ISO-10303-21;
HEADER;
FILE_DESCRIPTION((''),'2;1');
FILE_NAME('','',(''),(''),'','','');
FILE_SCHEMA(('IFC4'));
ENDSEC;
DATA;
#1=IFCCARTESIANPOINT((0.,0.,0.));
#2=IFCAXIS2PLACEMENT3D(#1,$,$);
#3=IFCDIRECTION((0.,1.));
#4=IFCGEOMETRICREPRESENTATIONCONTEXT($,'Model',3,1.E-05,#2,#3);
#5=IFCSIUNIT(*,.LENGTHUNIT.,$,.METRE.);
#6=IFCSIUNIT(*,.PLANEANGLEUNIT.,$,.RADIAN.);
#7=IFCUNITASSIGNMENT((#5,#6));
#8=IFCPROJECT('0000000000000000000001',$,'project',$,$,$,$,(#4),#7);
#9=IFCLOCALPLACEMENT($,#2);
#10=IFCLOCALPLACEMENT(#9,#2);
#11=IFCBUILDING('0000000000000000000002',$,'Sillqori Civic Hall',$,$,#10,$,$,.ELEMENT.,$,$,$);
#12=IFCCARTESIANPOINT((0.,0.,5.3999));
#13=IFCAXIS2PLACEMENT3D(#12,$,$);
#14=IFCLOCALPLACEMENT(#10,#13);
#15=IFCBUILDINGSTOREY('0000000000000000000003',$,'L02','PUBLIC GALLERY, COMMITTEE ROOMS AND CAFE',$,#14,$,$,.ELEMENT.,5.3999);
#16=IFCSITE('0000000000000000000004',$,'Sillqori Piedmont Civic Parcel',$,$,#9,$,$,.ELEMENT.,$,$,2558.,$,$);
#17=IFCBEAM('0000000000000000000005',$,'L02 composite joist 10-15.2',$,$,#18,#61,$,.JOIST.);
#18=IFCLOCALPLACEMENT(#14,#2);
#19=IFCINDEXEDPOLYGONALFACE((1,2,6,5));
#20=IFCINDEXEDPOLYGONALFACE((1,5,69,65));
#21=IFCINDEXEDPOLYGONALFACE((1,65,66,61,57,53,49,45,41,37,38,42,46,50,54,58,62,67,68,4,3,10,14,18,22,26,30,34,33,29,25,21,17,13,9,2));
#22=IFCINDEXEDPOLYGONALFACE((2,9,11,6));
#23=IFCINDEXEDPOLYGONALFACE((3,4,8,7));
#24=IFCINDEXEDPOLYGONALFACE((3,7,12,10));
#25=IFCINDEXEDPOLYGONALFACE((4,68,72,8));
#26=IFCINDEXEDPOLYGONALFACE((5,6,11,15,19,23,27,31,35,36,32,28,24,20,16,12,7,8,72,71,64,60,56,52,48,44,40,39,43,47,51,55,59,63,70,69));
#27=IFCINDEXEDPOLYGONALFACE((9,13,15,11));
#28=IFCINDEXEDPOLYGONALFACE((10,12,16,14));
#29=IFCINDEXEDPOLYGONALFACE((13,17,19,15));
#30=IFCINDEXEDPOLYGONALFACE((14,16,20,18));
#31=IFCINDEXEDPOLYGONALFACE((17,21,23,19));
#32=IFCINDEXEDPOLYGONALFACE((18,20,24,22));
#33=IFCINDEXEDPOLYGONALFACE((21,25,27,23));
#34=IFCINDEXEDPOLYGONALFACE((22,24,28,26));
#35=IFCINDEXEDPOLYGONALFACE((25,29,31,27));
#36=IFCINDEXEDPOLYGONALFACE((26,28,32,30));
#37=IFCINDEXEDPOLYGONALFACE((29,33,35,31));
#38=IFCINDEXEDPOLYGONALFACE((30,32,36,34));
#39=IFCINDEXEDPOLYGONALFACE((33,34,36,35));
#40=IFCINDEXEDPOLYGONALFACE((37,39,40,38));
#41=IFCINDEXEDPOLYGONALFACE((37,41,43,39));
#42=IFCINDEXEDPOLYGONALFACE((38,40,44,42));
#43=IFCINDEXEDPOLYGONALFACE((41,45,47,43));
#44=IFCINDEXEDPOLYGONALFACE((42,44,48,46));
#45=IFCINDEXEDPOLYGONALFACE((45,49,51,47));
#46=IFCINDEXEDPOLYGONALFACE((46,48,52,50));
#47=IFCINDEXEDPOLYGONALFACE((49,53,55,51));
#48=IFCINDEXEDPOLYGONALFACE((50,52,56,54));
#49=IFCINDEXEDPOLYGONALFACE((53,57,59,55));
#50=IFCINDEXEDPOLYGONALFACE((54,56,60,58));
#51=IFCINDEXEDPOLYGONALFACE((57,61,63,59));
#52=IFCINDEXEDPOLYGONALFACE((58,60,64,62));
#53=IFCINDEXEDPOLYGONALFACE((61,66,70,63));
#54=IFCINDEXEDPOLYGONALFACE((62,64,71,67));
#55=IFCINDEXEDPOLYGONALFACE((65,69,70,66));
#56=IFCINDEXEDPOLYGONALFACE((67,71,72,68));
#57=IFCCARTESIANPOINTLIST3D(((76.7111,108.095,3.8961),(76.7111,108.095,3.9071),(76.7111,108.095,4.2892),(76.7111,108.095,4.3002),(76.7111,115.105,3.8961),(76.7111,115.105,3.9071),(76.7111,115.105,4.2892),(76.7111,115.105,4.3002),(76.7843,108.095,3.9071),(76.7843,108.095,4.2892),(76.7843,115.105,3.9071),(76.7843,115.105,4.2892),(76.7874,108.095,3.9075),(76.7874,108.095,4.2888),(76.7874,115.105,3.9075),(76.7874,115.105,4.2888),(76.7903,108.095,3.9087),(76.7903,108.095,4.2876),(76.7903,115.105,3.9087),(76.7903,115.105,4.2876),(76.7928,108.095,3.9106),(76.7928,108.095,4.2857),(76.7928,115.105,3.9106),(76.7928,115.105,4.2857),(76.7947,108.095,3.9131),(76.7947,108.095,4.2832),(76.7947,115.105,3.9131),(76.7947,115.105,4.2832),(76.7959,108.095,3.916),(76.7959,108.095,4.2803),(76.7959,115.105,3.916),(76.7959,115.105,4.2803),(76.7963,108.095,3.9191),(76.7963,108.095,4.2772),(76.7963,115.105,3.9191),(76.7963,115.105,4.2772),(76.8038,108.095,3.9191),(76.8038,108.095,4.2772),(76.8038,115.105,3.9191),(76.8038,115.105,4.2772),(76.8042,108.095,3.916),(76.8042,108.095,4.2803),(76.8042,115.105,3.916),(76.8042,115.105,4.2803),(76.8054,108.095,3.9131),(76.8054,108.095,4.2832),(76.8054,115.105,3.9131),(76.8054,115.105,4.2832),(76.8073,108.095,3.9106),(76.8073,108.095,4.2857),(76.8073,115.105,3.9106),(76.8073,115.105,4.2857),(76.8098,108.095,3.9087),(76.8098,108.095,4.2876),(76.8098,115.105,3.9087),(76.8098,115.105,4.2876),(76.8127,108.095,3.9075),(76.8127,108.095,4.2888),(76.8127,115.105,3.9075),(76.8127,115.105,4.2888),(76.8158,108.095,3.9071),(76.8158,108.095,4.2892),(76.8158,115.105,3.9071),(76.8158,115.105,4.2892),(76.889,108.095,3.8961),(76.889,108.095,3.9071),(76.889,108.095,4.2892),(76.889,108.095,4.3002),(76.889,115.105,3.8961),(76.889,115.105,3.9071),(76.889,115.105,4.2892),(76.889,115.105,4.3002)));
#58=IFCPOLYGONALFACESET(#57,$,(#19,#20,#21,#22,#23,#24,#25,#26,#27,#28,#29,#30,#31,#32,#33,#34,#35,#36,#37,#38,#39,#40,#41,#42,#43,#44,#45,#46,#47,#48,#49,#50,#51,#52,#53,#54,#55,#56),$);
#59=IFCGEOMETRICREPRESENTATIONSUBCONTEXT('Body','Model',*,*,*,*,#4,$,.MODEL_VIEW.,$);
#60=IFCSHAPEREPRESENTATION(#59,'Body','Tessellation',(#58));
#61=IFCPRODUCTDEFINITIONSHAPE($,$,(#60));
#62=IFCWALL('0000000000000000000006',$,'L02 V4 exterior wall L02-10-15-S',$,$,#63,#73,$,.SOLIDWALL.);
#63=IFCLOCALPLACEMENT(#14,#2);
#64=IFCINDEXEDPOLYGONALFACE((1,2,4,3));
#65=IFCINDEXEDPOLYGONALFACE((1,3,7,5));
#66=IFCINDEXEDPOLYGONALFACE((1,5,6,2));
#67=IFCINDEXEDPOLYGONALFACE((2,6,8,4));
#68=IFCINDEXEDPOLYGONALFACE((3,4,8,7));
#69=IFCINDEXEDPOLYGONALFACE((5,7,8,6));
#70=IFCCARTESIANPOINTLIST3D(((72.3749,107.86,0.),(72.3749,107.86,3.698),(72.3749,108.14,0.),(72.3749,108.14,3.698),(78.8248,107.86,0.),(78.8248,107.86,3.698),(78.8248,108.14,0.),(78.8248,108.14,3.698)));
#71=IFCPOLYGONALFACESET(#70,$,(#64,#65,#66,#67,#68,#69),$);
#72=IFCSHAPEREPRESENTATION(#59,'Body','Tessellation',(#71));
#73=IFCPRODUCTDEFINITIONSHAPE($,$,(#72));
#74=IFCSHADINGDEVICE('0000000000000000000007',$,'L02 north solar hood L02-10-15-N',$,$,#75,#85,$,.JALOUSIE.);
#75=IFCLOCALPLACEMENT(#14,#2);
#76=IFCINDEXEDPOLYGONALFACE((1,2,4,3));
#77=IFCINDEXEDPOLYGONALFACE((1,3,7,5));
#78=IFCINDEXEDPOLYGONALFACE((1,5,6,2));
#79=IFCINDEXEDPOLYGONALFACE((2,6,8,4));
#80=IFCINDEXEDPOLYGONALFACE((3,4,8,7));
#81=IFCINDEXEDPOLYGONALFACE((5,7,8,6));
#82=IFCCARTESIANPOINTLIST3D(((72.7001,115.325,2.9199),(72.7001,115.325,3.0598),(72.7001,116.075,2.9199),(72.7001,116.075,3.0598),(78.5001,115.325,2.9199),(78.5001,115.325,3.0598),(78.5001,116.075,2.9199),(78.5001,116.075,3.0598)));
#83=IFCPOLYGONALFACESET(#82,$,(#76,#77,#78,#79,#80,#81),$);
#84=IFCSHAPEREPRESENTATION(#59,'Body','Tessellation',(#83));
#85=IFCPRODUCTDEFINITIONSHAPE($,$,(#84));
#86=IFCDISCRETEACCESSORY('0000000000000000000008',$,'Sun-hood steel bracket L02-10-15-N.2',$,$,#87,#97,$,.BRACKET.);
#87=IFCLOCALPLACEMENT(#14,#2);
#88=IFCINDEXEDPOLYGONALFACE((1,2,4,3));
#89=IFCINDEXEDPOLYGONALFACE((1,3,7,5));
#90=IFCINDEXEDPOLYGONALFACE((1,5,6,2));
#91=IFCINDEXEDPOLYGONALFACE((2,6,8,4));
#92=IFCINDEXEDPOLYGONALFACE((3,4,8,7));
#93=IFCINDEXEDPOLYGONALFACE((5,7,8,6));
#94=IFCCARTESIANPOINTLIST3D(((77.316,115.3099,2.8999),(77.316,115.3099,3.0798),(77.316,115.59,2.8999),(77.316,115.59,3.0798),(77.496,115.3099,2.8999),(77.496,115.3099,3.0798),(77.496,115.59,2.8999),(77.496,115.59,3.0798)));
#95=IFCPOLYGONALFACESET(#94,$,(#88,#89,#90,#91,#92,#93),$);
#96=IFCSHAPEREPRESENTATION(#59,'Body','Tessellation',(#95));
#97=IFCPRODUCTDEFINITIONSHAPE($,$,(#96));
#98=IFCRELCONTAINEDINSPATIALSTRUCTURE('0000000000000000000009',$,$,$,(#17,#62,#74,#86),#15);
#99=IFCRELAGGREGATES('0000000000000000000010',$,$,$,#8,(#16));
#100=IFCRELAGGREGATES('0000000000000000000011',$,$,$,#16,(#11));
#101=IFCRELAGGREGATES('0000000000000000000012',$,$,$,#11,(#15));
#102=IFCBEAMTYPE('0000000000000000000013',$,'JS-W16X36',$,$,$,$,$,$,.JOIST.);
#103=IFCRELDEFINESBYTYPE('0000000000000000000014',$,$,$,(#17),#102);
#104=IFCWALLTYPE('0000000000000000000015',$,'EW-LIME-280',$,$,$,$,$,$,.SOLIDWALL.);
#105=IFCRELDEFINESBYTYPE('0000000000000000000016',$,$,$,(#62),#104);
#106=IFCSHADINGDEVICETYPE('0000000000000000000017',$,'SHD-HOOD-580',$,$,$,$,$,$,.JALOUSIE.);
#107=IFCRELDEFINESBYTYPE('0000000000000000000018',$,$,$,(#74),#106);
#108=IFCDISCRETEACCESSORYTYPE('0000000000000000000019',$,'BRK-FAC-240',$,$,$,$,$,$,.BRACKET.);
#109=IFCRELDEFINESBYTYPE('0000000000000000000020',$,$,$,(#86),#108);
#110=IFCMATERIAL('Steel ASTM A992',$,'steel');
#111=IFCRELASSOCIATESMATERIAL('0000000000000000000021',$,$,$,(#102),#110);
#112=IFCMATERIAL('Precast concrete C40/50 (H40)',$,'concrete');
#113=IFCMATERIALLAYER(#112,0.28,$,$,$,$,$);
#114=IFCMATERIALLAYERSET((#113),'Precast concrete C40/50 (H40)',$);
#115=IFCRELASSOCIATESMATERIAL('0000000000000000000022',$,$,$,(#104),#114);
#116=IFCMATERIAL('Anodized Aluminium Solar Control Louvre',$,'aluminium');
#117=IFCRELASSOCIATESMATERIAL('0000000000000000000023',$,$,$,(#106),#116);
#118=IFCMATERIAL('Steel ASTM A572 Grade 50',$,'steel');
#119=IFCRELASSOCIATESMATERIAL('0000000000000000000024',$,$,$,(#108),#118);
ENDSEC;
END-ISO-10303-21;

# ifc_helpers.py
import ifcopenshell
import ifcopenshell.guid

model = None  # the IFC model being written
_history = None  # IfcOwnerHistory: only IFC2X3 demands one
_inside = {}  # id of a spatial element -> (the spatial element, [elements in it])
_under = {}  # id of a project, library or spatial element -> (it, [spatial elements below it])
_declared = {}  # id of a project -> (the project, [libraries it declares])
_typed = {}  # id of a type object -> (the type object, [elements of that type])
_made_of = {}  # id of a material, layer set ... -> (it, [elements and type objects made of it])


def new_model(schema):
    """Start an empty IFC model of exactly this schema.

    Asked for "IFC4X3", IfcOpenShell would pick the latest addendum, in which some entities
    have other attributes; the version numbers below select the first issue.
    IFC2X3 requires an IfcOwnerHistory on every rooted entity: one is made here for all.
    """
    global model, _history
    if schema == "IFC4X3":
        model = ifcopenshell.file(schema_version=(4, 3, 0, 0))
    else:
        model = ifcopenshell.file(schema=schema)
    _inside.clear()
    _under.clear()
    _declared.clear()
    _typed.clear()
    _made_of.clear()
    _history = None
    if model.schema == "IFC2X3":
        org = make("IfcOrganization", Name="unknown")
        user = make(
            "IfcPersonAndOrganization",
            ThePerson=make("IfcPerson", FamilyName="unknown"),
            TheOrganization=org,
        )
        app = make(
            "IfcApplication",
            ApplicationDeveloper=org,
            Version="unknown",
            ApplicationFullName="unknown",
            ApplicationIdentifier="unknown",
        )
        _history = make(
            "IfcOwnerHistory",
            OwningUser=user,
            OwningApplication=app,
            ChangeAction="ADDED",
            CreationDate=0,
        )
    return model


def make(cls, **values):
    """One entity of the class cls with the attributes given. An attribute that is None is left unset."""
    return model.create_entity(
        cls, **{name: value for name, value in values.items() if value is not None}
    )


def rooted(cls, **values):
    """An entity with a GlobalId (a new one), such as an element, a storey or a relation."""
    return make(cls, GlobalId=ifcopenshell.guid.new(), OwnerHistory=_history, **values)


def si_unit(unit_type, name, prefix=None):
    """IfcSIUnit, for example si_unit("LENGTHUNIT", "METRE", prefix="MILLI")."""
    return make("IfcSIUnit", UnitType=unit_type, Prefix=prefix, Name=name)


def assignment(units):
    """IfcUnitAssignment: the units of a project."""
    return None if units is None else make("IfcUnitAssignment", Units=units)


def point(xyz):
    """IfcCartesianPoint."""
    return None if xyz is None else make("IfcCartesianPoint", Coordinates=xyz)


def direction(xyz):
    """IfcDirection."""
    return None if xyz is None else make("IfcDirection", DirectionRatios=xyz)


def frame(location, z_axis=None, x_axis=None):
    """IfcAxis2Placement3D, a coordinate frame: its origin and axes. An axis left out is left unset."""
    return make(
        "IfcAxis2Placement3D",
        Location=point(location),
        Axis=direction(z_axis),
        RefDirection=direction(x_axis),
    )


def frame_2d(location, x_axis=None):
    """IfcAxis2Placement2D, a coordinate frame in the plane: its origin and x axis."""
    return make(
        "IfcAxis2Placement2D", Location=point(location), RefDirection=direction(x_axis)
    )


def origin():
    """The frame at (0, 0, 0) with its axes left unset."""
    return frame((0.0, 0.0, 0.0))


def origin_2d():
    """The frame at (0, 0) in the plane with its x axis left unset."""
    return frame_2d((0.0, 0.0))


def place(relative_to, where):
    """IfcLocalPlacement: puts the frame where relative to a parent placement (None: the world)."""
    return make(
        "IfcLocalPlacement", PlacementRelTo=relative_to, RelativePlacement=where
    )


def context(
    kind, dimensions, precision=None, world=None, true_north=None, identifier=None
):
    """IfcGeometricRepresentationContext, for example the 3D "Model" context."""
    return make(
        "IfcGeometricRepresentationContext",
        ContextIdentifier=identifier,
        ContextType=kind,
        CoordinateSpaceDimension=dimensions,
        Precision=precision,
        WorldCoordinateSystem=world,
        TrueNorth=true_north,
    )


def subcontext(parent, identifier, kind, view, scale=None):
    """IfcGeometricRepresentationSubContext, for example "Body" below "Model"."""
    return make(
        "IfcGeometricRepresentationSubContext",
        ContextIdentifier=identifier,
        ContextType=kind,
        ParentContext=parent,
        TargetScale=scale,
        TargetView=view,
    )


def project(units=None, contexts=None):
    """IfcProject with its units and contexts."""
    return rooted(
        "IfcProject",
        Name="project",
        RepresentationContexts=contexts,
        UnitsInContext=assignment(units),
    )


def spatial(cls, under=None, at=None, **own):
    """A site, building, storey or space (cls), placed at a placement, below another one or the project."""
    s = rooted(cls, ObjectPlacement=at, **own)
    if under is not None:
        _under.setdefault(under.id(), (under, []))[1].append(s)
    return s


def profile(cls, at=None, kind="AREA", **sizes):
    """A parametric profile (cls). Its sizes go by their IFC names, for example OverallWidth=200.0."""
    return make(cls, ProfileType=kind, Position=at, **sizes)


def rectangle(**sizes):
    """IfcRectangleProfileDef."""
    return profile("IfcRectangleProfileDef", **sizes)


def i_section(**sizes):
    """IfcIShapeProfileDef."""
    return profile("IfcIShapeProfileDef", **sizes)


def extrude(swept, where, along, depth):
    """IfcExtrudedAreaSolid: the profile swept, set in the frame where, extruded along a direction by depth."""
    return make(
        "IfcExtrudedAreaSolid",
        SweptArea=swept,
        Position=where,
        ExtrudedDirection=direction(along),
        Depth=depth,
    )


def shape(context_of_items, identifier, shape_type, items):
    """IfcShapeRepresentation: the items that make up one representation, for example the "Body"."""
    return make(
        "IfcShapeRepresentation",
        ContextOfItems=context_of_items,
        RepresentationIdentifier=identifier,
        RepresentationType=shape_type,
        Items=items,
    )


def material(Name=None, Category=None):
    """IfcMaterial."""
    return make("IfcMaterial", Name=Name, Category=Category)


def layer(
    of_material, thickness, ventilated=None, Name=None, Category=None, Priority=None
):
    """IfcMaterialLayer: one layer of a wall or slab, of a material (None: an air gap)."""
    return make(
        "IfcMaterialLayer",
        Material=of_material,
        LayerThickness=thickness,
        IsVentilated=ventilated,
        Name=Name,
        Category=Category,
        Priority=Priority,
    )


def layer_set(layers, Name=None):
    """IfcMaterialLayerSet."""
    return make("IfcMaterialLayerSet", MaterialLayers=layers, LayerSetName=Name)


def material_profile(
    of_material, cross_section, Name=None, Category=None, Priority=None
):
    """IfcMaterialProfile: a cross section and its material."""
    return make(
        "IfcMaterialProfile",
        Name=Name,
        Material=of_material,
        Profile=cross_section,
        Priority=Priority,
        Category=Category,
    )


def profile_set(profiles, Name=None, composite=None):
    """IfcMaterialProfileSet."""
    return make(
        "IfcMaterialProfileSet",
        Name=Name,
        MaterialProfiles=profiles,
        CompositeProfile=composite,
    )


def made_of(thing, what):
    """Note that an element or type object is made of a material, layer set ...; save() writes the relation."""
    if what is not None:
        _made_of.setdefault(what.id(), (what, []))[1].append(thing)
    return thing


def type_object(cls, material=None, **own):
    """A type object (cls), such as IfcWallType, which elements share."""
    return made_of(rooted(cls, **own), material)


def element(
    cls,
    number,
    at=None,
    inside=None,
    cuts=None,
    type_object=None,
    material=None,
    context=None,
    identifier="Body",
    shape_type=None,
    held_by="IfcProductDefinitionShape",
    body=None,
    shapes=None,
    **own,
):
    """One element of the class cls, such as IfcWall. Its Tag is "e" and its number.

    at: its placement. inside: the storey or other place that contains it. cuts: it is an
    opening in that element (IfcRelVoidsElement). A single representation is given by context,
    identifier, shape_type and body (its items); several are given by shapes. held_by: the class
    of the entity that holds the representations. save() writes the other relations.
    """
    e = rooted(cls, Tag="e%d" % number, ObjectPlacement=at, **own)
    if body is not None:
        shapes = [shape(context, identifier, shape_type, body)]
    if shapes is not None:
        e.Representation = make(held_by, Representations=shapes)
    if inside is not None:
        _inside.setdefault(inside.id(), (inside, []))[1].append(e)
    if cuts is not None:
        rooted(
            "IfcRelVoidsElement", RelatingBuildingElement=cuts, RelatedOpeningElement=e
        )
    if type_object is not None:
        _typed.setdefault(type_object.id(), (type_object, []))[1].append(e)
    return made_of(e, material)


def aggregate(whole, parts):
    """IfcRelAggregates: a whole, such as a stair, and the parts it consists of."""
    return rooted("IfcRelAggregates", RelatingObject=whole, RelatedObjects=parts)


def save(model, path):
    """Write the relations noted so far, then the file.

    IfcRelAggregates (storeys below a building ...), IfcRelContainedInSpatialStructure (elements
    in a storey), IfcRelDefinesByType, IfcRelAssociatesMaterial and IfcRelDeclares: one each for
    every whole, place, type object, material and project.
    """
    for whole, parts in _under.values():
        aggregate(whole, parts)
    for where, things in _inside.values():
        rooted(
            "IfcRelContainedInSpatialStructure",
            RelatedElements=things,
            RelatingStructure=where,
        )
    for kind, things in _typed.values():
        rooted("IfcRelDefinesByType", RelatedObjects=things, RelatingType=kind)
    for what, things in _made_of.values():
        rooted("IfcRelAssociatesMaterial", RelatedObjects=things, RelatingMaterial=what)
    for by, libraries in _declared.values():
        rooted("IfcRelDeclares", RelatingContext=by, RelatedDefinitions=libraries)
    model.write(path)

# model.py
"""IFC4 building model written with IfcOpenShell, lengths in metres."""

from ifc_helpers import new_model, si_unit, direction, frame, frame_2d, origin, origin_2d, place, context, subcontext, project, spatial, rectangle, i_section, extrude, material, layer, layer_set, material_profile, profile_set, type_object, element, save


model = new_model("IFC4")

# Units and contexts
model_context = context("Model", 3, precision=1e-05, world=origin(), true_north=direction((0.0, 1.0)))
body_context = subcontext(model_context, "Body", "Model", "MODEL_VIEW")
ifc_project = project(units=[si_unit("LENGTHUNIT", "METRE"), si_unit("PLANEANGLEUNIT", "RADIAN")], contexts=[model_context])

# Site, building, storey
site_placement = place(None, origin())
site = spatial("IfcSite", under=ifc_project, at=site_placement, Name="Sillqori Piedmont Civic Parcel", CompositionType="ELEMENT", RefElevation=2558.0)
building_placement = place(site_placement, origin())
building = spatial("IfcBuilding", under=site, at=building_placement, Name="Sillqori Civic Hall", CompositionType="ELEMENT")
storey_placement = place(building_placement, frame((0.0, 0.0, 5.3999)))
storey = spatial("IfcBuildingStorey", under=building, at=storey_placement, Name="L02", Description="PUBLIC GALLERY, COMMITTEE ROOMS AND CAFE", CompositionType="ELEMENT", Elevation=5.3999)

# Beam
ifc_material_1 = material(Name="Steel ASTM A992", Category="steel")
ifc_material_profile_1 = material_profile(ifc_material_1, i_section(OverallWidth=0.178, OverallDepth=0.4041, WebThickness=0.0076, FlangeThickness=0.011, FilletRadius=0.012, at=origin_2d()), Name="W16X36")
ifc_profile_set_1 = profile_set([ifc_material_profile_1], Name="Steel ASTM A992")
beam_type_1 = type_object("IfcBeamType", Name="JS-W16X36", PredefinedType="JOIST", material=ifc_profile_set_1)
beam_1_placement = place(storey_placement, frame((76.8, 108.095, 4.0981), z_axis=(0.0, 1.0, 0.0), x_axis=(-1.0, 0.0, 0.0)))
element("IfcBeam", 1, at=beam_1_placement, inside=storey, type_object=beam_type_1, Name="L02 composite joist 10-15.2", PredefinedType="JOIST", context=body_context, shape_type="SweptSolid", body=[
    extrude(i_section(OverallWidth=0.178, OverallDepth=0.4041, WebThickness=0.0076, FlangeThickness=0.011, FilletRadius=0.012, at=origin_2d()), origin(), (0.0, 0.0, 1.0), 7.01),
])

# Wall
ifc_material_2 = material(Name="Precast concrete C40/50 (H40)", Category="concrete")
ifc_layer = layer(ifc_material_2, 0.28)
ifc_layer_set = layer_set([ifc_layer], Name="Precast concrete C40/50 (H40)")
wall_type = type_object("IfcWallType", Name="EW-LIME-280", PredefinedType="SOLIDWALL", material=ifc_layer_set)
wall_placement = place(storey_placement, frame((78.825, 108.0, 0.0), z_axis=(0.0, 0.0, 1.0), x_axis=(-1.0, 0.0, 0.0)))
element("IfcWall", 2, at=wall_placement, inside=storey, type_object=wall_type, Name="L02 V4 exterior wall L02-10-15-S", PredefinedType="SOLIDWALL", context=body_context, shape_type="SweptSolid", body=[
    extrude(rectangle(XDim=6.45, YDim=0.28, at=frame_2d((3.2251, 0.0))), origin(), (0.0, 0.0, 1.0), 3.698),
])

# Shading device
ifc_material_3 = material(Name="Anodized Aluminium Solar Control Louvre", Category="aluminium")
shading_device_type = type_object("IfcShadingDeviceType", Name="SHD-HOOD-580", PredefinedType="JALOUSIE", material=ifc_material_3)
shading_device_placement = place(storey_placement, frame((75.6001, 115.7, 2.9199), z_axis=(0.0, 0.0, 1.0), x_axis=(1.0, 0.0, 0.0)))
element("IfcShadingDevice", 3, at=shading_device_placement, inside=storey, type_object=shading_device_type, Name="L02 north solar hood L02-10-15-N", PredefinedType="JALOUSIE", context=body_context, shape_type="SweptSolid", body=[
    extrude(rectangle(XDim=5.8, YDim=0.75, at=origin_2d()), origin(), (0.0, 0.0, 1.0), 0.1399),
])

# Discrete accessory
ifc_material_4 = material(Name="Steel ASTM A572 Grade 50", Category="steel")
discrete_accessory_type = type_object("IfcDiscreteAccessoryType", Name="BRK-FAC-240", PredefinedType="BRACKET", material=ifc_material_4)
discrete_accessory_placement = place(storey_placement, frame((77.406, 115.45, 2.8999), z_axis=(0.0, 0.0, 1.0), x_axis=(1.0, 0.0, 0.0)))
element("IfcDiscreteAccessory", 4, at=discrete_accessory_placement, inside=storey, type_object=discrete_accessory_type, Name="Sun-hood steel bracket L02-10-15-N.2", PredefinedType="BRACKET", context=body_context, shape_type="SweptSolid", body=[
    extrude(rectangle(XDim=0.1799, YDim=0.28, at=origin_2d()), origin(), (0.0, 0.0, 1.0), 0.1799),
])

save(model, "model.ifc")
